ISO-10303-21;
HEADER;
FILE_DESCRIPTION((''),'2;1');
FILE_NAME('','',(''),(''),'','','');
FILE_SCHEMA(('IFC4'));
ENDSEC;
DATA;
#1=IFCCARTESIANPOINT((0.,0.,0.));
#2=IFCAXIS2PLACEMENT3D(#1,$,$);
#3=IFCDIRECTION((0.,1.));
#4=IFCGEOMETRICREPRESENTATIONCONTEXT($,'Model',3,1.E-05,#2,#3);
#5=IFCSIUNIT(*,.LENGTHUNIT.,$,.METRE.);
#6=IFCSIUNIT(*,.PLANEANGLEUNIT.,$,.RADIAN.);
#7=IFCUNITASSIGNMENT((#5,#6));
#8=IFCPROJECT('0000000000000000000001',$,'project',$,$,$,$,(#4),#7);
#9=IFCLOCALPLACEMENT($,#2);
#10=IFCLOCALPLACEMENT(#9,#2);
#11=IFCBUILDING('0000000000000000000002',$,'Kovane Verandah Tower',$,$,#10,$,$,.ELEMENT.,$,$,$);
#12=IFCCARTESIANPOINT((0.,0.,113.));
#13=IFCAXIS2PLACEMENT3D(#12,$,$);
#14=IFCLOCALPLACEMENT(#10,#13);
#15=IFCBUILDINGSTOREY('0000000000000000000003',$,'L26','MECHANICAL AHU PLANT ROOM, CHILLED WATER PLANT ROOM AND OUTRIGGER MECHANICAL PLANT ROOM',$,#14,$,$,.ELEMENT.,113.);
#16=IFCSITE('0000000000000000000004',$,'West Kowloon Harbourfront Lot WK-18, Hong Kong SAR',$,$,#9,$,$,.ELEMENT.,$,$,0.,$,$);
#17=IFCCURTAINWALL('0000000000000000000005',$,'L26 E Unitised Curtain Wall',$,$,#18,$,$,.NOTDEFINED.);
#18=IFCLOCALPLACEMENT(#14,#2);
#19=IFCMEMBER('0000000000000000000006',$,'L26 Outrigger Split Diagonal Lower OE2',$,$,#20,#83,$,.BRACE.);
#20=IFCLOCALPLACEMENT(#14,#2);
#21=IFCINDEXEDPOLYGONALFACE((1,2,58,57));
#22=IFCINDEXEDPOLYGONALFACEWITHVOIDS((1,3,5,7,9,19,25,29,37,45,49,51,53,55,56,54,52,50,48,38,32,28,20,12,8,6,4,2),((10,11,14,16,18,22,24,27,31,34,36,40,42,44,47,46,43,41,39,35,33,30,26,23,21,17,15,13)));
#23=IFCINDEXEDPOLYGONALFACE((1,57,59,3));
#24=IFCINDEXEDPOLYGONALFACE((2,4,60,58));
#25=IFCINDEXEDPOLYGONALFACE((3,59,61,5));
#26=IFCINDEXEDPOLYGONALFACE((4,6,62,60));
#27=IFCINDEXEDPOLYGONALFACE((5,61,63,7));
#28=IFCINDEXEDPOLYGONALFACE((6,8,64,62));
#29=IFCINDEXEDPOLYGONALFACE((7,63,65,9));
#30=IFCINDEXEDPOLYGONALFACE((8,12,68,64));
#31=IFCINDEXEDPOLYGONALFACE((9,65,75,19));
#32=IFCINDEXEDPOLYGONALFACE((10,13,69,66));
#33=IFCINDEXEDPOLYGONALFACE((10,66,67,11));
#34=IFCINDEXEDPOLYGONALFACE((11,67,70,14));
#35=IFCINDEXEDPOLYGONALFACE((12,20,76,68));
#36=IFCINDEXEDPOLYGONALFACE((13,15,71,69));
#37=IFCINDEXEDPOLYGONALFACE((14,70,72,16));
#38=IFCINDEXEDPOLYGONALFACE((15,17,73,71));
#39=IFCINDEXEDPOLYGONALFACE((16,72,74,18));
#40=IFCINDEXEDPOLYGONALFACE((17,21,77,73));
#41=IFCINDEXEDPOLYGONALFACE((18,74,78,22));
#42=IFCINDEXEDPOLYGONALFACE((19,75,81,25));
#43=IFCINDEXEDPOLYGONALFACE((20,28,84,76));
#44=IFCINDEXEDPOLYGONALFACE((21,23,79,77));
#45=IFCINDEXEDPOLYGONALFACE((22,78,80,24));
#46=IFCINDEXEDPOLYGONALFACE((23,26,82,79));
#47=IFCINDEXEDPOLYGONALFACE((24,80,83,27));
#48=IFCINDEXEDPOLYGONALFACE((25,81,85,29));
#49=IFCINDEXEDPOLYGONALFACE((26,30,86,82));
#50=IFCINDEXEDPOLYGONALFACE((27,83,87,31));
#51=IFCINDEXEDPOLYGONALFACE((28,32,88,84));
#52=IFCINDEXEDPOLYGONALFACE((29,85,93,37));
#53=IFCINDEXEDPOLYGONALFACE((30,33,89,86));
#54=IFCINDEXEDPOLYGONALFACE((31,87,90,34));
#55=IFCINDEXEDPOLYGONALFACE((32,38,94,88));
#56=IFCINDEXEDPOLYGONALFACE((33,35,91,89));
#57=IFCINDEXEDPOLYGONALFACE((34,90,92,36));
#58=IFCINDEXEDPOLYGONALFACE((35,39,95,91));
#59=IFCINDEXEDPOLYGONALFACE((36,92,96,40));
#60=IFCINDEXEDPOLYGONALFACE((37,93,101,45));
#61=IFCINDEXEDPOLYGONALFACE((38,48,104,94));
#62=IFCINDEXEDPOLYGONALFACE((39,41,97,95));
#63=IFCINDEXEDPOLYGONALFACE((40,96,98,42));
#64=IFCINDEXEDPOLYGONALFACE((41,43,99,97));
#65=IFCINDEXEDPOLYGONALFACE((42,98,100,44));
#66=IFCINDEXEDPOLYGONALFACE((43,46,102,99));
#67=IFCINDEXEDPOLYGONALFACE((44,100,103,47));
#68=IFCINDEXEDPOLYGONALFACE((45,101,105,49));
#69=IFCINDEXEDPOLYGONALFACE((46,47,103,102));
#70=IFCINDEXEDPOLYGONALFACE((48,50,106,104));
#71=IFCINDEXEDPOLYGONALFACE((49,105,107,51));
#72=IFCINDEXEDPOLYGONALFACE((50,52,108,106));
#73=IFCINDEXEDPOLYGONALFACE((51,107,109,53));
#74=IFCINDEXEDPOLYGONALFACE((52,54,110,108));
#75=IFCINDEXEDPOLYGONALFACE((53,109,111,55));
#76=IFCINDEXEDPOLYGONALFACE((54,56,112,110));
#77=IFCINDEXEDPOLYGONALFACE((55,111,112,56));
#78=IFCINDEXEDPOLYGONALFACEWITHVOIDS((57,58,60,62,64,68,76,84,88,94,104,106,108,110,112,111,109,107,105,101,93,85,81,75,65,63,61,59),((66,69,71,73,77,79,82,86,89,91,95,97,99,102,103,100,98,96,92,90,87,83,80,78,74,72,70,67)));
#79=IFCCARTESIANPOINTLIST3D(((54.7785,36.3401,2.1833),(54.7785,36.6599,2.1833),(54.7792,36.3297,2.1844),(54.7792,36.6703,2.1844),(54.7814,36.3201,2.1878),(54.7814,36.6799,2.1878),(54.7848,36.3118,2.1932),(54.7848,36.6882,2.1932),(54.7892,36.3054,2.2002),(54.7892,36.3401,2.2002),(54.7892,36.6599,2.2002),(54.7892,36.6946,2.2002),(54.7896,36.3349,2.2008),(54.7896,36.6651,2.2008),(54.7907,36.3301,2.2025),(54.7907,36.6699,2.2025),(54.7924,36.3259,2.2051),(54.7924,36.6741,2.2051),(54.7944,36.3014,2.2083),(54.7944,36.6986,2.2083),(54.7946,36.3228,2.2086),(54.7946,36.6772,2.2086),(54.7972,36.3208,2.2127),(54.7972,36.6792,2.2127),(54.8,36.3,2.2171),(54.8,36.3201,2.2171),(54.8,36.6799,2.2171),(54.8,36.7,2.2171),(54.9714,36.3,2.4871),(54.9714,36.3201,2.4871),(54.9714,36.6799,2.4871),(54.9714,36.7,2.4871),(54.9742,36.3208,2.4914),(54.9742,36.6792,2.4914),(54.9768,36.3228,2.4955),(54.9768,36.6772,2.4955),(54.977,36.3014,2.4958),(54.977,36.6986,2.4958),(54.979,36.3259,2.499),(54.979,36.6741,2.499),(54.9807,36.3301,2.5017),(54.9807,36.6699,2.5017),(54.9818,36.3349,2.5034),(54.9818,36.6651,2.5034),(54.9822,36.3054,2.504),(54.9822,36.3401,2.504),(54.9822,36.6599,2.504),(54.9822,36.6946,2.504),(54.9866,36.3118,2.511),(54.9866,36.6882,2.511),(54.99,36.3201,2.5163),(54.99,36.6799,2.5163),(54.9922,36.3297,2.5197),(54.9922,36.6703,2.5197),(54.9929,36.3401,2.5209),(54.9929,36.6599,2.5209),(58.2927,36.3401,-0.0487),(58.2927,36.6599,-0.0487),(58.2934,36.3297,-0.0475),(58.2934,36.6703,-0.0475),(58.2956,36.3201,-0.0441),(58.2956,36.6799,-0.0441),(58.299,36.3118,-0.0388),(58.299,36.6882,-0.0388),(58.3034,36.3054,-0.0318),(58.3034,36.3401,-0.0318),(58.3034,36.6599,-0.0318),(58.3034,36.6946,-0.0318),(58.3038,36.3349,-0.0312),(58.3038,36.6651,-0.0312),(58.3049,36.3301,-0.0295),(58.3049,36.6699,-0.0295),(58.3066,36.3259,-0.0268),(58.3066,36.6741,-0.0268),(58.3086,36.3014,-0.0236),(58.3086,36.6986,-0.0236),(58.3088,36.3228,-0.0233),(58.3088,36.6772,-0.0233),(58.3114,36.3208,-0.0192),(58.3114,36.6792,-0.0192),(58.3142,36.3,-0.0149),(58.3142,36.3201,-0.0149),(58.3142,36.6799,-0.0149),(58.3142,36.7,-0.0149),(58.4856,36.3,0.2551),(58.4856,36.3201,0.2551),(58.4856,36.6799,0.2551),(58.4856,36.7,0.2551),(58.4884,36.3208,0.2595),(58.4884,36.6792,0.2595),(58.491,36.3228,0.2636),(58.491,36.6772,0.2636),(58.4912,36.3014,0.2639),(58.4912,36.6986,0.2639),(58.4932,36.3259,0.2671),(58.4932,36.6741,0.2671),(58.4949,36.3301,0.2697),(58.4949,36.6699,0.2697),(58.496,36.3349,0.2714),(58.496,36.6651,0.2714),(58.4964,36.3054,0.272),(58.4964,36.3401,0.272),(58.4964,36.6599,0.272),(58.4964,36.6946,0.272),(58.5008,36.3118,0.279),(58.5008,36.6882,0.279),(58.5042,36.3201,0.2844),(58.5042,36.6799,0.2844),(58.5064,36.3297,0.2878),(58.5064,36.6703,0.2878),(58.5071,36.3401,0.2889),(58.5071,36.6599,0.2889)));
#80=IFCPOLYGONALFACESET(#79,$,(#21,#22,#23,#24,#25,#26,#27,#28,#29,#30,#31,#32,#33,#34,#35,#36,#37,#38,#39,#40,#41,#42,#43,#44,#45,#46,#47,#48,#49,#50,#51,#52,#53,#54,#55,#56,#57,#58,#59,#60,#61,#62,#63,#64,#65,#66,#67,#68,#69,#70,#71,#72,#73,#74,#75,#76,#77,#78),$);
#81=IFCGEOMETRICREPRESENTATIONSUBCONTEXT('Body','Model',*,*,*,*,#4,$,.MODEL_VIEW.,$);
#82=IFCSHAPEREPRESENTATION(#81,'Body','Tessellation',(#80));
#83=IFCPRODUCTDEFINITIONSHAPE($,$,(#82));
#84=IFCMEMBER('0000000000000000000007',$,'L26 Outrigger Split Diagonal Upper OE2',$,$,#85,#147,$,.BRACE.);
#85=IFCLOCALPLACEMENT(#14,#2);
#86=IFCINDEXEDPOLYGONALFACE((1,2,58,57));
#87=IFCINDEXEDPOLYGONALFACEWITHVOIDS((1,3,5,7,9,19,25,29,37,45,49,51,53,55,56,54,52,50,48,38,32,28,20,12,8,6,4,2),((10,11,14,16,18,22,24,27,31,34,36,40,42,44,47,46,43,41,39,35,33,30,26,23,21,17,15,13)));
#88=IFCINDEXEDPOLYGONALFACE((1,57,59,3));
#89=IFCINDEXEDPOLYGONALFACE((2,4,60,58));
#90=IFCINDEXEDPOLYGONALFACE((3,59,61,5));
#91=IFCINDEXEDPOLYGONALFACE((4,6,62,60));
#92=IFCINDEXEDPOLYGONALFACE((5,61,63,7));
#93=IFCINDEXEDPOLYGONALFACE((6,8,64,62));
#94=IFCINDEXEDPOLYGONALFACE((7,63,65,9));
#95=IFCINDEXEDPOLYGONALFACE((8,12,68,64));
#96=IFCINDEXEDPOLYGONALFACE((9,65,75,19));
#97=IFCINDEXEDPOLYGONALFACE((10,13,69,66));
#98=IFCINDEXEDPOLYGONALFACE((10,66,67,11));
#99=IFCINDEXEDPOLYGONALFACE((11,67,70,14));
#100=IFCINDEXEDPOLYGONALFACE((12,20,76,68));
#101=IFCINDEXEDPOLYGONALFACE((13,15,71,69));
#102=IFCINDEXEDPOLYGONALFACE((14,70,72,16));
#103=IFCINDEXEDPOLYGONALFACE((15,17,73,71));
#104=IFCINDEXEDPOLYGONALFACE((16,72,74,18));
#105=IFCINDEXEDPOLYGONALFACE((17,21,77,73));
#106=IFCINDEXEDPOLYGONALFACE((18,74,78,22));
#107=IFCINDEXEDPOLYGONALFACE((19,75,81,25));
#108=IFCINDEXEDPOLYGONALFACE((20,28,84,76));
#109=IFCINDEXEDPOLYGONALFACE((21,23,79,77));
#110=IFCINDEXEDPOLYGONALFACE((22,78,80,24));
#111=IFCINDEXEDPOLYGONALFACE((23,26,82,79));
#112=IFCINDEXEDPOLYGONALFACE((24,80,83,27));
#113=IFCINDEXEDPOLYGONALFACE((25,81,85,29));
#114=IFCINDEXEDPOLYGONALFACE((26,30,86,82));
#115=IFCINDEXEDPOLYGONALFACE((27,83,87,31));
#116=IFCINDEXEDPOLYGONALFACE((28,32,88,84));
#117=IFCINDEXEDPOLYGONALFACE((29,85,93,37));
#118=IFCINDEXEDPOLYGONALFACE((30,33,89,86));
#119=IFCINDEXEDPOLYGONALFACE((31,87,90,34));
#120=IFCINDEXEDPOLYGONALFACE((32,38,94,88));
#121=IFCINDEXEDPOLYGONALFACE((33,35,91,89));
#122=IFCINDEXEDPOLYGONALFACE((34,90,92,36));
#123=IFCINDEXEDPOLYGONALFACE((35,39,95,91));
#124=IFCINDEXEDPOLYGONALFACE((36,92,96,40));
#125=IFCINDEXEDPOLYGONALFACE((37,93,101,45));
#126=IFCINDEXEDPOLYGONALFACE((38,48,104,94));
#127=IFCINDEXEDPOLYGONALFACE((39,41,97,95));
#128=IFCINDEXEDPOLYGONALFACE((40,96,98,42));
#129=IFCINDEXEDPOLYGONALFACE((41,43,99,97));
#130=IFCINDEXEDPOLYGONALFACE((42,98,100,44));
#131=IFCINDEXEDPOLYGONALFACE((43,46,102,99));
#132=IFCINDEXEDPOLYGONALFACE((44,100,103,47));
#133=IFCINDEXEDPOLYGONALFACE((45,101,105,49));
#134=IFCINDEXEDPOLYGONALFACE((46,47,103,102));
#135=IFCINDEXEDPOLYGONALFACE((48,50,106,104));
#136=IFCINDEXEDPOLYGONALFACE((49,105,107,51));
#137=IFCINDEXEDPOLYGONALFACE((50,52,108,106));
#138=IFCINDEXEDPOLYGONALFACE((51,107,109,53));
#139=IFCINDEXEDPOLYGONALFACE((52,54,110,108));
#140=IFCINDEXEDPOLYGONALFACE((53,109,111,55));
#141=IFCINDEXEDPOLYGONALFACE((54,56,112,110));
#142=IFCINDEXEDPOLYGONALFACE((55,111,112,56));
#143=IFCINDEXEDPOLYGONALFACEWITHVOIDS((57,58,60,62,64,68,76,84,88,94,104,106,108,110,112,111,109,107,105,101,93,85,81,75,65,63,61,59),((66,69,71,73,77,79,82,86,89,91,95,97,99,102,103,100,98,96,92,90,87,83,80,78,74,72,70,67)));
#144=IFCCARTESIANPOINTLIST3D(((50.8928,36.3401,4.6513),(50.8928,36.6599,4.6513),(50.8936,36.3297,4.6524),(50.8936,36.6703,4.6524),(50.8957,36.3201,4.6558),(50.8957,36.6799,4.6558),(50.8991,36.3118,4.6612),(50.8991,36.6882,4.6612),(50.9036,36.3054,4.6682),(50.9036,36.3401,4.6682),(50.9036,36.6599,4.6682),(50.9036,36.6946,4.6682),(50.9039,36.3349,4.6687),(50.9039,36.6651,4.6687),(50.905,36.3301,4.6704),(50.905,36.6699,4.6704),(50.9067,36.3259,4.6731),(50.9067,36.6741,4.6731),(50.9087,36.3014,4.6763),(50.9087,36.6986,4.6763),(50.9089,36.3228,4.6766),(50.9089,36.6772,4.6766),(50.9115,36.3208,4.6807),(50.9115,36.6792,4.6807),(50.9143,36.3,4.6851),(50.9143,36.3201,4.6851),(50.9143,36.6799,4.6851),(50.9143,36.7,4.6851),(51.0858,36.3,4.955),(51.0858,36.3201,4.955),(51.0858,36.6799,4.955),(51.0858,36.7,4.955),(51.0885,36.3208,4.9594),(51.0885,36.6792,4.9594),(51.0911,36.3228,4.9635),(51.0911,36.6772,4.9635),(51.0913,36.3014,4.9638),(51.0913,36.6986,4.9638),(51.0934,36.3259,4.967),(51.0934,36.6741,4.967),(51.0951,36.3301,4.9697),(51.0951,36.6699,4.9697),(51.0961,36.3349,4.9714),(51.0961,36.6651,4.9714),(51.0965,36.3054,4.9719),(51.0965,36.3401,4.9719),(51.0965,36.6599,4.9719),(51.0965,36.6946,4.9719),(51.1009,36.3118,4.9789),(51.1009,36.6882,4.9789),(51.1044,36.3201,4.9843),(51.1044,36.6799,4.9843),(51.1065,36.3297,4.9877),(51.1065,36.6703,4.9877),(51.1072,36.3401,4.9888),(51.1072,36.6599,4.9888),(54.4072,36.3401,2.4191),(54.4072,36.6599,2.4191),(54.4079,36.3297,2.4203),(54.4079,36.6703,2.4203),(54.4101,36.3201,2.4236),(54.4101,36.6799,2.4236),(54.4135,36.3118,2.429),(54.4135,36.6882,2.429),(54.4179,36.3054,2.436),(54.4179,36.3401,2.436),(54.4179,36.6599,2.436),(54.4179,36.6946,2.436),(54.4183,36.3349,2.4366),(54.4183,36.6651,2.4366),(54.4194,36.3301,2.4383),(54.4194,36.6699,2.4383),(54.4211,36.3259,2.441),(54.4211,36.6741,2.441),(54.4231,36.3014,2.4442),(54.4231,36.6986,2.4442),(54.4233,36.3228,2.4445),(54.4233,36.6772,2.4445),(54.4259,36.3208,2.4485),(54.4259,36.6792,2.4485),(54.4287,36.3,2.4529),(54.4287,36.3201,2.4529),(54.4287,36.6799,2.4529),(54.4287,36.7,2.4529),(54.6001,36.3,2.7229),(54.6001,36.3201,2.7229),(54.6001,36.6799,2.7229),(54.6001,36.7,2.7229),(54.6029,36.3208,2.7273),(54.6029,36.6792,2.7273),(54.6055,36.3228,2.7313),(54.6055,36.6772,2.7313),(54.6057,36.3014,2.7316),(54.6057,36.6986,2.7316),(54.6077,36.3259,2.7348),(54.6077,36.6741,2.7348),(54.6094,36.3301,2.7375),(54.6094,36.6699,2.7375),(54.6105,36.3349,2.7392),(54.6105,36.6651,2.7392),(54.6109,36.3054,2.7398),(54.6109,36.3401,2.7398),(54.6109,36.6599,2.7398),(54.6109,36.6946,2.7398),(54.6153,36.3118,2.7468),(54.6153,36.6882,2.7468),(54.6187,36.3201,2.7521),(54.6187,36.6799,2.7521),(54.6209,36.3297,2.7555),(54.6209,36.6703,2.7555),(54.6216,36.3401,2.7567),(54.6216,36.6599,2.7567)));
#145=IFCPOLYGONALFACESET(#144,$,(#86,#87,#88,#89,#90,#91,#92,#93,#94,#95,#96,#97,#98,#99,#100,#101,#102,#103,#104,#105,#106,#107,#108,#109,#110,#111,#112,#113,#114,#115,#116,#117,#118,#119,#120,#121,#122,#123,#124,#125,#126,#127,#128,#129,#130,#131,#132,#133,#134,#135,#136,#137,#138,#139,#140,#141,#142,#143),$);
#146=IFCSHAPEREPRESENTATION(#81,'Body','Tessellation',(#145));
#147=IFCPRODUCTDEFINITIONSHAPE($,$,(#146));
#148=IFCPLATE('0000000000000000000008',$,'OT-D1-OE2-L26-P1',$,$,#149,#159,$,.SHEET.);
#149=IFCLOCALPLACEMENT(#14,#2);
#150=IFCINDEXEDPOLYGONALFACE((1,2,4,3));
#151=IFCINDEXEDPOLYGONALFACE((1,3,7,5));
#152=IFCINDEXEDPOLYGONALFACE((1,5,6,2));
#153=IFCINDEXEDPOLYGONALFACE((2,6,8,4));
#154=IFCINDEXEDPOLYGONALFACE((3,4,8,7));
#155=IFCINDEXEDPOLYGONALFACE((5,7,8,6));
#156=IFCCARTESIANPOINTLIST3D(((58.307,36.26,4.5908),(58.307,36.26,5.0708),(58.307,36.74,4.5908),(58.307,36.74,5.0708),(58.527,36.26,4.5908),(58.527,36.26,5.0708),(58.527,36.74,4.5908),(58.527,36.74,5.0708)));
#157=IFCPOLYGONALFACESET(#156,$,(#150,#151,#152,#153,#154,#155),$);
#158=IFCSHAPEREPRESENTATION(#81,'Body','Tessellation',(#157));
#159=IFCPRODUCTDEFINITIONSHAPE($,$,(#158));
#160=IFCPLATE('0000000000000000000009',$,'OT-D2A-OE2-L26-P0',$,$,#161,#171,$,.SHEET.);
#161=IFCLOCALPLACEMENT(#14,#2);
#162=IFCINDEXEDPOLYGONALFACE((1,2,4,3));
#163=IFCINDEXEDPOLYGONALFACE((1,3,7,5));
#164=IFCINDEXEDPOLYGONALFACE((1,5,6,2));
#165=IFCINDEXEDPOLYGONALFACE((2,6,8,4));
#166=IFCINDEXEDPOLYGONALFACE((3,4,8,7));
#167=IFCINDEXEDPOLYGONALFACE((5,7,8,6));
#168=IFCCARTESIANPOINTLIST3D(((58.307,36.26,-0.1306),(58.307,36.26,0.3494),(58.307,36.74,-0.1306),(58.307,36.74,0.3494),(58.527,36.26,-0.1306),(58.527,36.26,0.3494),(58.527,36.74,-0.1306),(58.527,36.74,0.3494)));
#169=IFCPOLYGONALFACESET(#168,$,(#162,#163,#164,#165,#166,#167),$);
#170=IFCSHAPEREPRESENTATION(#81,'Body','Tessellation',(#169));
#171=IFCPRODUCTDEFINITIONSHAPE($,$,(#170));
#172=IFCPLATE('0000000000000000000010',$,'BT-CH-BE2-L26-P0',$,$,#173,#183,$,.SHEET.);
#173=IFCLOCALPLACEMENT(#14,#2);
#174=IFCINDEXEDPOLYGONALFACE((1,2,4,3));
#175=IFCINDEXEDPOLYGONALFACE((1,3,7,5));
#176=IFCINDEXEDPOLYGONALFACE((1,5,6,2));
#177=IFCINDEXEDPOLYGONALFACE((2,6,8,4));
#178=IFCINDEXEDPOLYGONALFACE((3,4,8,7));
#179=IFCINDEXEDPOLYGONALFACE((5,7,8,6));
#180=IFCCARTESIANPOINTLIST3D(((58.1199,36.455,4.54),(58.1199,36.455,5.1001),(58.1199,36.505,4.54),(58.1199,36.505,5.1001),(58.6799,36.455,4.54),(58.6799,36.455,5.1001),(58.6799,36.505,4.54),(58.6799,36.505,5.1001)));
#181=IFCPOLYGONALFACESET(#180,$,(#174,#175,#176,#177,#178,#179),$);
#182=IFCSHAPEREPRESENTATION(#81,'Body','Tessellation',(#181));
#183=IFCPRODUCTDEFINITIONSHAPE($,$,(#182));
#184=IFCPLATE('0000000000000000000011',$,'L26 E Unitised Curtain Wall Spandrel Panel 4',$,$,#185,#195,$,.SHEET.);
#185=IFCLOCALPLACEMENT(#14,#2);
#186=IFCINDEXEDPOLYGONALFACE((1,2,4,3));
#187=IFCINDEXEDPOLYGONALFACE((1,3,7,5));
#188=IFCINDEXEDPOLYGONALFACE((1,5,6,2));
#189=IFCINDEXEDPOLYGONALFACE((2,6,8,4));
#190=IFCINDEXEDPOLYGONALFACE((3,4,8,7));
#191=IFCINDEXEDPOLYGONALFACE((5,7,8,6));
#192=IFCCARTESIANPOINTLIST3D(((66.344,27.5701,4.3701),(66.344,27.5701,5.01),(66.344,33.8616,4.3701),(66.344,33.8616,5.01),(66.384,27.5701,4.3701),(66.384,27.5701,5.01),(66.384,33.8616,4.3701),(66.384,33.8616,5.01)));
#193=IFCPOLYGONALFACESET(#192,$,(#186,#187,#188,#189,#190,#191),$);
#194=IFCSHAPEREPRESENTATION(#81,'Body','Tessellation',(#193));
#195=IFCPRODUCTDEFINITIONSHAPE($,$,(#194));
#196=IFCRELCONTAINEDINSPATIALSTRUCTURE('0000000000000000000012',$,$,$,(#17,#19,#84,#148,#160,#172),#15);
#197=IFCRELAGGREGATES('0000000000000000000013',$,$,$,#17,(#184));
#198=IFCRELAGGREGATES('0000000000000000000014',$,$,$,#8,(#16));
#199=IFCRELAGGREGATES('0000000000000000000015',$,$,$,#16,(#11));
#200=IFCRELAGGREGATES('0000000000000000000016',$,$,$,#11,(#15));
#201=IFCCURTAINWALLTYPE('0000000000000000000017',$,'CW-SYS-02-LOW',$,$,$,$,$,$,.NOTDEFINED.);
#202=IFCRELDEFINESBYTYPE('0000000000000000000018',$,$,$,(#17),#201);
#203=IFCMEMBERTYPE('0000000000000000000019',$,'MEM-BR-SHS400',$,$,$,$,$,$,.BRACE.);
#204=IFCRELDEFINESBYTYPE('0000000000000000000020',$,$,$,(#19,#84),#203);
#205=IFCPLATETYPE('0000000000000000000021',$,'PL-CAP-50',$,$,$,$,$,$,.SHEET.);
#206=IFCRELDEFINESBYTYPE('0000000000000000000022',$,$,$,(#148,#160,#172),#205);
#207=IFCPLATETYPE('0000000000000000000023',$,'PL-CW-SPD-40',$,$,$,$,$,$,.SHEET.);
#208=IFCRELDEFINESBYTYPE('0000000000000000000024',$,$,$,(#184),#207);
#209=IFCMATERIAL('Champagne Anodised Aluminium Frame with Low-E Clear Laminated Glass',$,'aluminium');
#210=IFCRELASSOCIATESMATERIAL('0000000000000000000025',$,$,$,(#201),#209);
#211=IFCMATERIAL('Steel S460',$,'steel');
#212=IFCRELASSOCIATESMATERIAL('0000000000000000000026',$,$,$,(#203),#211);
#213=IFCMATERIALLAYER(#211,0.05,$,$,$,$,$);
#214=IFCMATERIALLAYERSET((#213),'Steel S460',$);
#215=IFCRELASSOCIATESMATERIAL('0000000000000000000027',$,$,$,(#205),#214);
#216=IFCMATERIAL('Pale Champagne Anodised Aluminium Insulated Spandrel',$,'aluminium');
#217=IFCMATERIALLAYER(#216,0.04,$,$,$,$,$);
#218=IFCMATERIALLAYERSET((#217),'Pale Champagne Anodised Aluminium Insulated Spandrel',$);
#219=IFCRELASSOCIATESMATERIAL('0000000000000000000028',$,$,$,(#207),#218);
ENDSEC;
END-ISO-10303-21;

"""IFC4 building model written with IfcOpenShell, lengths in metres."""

from ifc_helpers import new_model, si_unit, direction, frame, origin, origin_2d, place, context, subcontext, project, spatial, rectangle, hollow_rectangle, extrude, material, layer, layer_set, material_profile, profile_set, type_object, element, aggregate, save


model = new_model("IFC4")

# Units and contexts
model_context = context("Model", 3, precision=1e-05, world=origin(), true_north=direction((0.0, 1.0)))
body_context = subcontext(model_context, "Body", "Model", "MODEL_VIEW")
ifc_project = project(units=[si_unit("LENGTHUNIT", "METRE"), si_unit("PLANEANGLEUNIT", "RADIAN")], contexts=[model_context])

# Site, building, storey
site_placement = place(None, origin())
site = spatial("IfcSite", under=ifc_project, at=site_placement, Name="West Kowloon Harbourfront Lot WK-18, Hong Kong SAR", CompositionType="ELEMENT", RefElevation=0.0)
building_placement = place(site_placement, origin())
building = spatial("IfcBuilding", under=site, at=building_placement, Name="Kovane Verandah Tower", CompositionType="ELEMENT")
storey_placement = place(building_placement, frame((0.0, 0.0, 113.0)))
storey = spatial("IfcBuildingStorey", under=building, at=storey_placement, Name="L26", Description="MECHANICAL AHU PLANT ROOM, CHILLED WATER PLANT ROOM AND OUTRIGGER MECHANICAL PLANT ROOM", CompositionType="ELEMENT", Elevation=113.0)

# Shared definitions
ifc_material_1 = material(Name="Steel S460", Category="steel")

# Curtain wall
ifc_material_2 = material(Name="Champagne Anodised Aluminium Frame with Low-E Clear Laminated Glass", Category="aluminium")
curtain_wall_type = type_object("IfcCurtainWallType", Name="CW-SYS-02-LOW", PredefinedType="NOTDEFINED", material=ifc_material_2)
curtain_wall_placement = place(storey_placement, origin())
curtain_wall = element("IfcCurtainWall", 1, at=curtain_wall_placement, inside=storey, type_object=curtain_wall_type, Name="L26 E Unitised Curtain Wall", PredefinedType="NOTDEFINED")

# Members
ifc_material_profile_1 = material_profile(ifc_material_1, hollow_rectangle(XDim=0.3999, YDim=0.3999, WallThickness=0.02, InnerFilletRadius=0.02, OuterFilletRadius=0.04, at=origin_2d()), Name="SHS400x400x20")
ifc_profile_set_1 = profile_set([ifc_material_profile_1], Name="Steel S460")
member_type_1 = type_object("IfcMemberType", Name="MEM-BR-SHS400", PredefinedType="BRACE", material=ifc_profile_set_1)
member_1_placement = place(storey_placement, frame((58.3999, 36.5, 0.1201), z_axis=(-0.844134, 0.0, 0.536132), x_axis=(0.0, -1.0, 0.0)))
element("IfcMember", 2, at=member_1_placement, inside=storey, type_object=member_type_1, Name="L26 Outrigger Split Diagonal Lower OE2", PredefinedType="BRACE", context=body_context, shape_type="SweptSolid", body=[
    extrude(hollow_rectangle(XDim=0.3999, YDim=0.3999, WallThickness=0.02, InnerFilletRadius=0.02, OuterFilletRadius=0.04, at=origin_2d()), origin(), (0.0, 0.0, 1.0), 4.1631),
])
member_2_placement = place(storey_placement, frame((54.5144, 36.5, 2.5879), z_axis=(-0.844125, 0.0, 0.536147), x_axis=(0.0, -1.0, 0.0)))
element("IfcMember", 3, at=member_2_placement, inside=storey, type_object=member_type_1, Name="L26 Outrigger Split Diagonal Upper OE2", PredefinedType="BRACE", context=body_context, shape_type="SweptSolid", body=[
    extrude(hollow_rectangle(XDim=0.3999, YDim=0.3999, WallThickness=0.02, InnerFilletRadius=0.02, OuterFilletRadius=0.04, at=origin_2d()), origin(), (0.0, 0.0, 1.0), 4.1633),
])

# Plates
ifc_layer_1 = layer(ifc_material_1, 0.05)
ifc_layer_set_1 = layer_set([ifc_layer_1], Name="Steel S460")
plate_type_1 = type_object("IfcPlateType", Name="PL-CAP-50", PredefinedType="SHEET", material=ifc_layer_set_1)
for number, where, z_axis, x_axis, name in (
    (4, (58.417, 36.5, 4.5908), (0.0, 0.0, 1.0), (1.0, 0.0, 0.0), "OT-D1-OE2-L26-P1"),
    (5, (58.417, 36.5, -0.1306), (0.0, 0.0, 1.0), (-1.0, 0.0, 0.0), "OT-D2A-OE2-L26-P0"),
):
    element("IfcPlate", number, at=place(storey_placement, frame(where, z_axis=z_axis, x_axis=x_axis)), inside=storey, type_object=plate_type_1, Name=name, PredefinedType="SHEET", context=body_context, shape_type="SweptSolid", body=[
        extrude(rectangle(XDim=0.22, YDim=0.48, at=origin_2d()), origin(), (0.0, 0.0, 1.0), 0.48),
    ])
plate_1_placement = place(storey_placement, frame((58.3999, 36.48, 4.54), z_axis=(0.0, 0.0, 1.0), x_axis=(0.0, 1.0, 0.0)))
element("IfcPlate", 6, at=plate_1_placement, inside=storey, type_object=plate_type_1, Name="BT-CH-BE2-L26-P0", PredefinedType="SHEET", context=body_context, shape_type="SweptSolid", body=[
    extrude(rectangle(XDim=0.05, YDim=0.5601, at=origin_2d()), origin(), (0.0, 0.0, 1.0), 0.5601),
])

# Plate
ifc_material_3 = material(Name="Pale Champagne Anodised Aluminium Insulated Spandrel", Category="aluminium")
ifc_layer_2 = layer(ifc_material_3, 0.04)
ifc_layer_set_2 = layer_set([ifc_layer_2], Name="Pale Champagne Anodised Aluminium Insulated Spandrel")
plate_type_2 = type_object("IfcPlateType", Name="PL-CW-SPD-40", PredefinedType="SHEET", material=ifc_layer_set_2)
plate_2_placement = place(storey_placement, frame((66.364, 30.7158, 4.3701), z_axis=(0.0, 0.0, 1.0), x_axis=(0.0, 1.0, 0.0)))
plate_2 = element("IfcPlate", 7, at=plate_2_placement, type_object=plate_type_2, Name="L26 E Unitised Curtain Wall Spandrel Panel 4", PredefinedType="SHEET", context=body_context, shape_type="SweptSolid", body=[
    extrude(rectangle(XDim=6.2915, YDim=0.04, at=origin_2d()), origin(), (0.0, 0.0, 1.0), 0.6399),
])
aggregate(curtain_wall, [plate_2])

save(model, "model.ifc")
